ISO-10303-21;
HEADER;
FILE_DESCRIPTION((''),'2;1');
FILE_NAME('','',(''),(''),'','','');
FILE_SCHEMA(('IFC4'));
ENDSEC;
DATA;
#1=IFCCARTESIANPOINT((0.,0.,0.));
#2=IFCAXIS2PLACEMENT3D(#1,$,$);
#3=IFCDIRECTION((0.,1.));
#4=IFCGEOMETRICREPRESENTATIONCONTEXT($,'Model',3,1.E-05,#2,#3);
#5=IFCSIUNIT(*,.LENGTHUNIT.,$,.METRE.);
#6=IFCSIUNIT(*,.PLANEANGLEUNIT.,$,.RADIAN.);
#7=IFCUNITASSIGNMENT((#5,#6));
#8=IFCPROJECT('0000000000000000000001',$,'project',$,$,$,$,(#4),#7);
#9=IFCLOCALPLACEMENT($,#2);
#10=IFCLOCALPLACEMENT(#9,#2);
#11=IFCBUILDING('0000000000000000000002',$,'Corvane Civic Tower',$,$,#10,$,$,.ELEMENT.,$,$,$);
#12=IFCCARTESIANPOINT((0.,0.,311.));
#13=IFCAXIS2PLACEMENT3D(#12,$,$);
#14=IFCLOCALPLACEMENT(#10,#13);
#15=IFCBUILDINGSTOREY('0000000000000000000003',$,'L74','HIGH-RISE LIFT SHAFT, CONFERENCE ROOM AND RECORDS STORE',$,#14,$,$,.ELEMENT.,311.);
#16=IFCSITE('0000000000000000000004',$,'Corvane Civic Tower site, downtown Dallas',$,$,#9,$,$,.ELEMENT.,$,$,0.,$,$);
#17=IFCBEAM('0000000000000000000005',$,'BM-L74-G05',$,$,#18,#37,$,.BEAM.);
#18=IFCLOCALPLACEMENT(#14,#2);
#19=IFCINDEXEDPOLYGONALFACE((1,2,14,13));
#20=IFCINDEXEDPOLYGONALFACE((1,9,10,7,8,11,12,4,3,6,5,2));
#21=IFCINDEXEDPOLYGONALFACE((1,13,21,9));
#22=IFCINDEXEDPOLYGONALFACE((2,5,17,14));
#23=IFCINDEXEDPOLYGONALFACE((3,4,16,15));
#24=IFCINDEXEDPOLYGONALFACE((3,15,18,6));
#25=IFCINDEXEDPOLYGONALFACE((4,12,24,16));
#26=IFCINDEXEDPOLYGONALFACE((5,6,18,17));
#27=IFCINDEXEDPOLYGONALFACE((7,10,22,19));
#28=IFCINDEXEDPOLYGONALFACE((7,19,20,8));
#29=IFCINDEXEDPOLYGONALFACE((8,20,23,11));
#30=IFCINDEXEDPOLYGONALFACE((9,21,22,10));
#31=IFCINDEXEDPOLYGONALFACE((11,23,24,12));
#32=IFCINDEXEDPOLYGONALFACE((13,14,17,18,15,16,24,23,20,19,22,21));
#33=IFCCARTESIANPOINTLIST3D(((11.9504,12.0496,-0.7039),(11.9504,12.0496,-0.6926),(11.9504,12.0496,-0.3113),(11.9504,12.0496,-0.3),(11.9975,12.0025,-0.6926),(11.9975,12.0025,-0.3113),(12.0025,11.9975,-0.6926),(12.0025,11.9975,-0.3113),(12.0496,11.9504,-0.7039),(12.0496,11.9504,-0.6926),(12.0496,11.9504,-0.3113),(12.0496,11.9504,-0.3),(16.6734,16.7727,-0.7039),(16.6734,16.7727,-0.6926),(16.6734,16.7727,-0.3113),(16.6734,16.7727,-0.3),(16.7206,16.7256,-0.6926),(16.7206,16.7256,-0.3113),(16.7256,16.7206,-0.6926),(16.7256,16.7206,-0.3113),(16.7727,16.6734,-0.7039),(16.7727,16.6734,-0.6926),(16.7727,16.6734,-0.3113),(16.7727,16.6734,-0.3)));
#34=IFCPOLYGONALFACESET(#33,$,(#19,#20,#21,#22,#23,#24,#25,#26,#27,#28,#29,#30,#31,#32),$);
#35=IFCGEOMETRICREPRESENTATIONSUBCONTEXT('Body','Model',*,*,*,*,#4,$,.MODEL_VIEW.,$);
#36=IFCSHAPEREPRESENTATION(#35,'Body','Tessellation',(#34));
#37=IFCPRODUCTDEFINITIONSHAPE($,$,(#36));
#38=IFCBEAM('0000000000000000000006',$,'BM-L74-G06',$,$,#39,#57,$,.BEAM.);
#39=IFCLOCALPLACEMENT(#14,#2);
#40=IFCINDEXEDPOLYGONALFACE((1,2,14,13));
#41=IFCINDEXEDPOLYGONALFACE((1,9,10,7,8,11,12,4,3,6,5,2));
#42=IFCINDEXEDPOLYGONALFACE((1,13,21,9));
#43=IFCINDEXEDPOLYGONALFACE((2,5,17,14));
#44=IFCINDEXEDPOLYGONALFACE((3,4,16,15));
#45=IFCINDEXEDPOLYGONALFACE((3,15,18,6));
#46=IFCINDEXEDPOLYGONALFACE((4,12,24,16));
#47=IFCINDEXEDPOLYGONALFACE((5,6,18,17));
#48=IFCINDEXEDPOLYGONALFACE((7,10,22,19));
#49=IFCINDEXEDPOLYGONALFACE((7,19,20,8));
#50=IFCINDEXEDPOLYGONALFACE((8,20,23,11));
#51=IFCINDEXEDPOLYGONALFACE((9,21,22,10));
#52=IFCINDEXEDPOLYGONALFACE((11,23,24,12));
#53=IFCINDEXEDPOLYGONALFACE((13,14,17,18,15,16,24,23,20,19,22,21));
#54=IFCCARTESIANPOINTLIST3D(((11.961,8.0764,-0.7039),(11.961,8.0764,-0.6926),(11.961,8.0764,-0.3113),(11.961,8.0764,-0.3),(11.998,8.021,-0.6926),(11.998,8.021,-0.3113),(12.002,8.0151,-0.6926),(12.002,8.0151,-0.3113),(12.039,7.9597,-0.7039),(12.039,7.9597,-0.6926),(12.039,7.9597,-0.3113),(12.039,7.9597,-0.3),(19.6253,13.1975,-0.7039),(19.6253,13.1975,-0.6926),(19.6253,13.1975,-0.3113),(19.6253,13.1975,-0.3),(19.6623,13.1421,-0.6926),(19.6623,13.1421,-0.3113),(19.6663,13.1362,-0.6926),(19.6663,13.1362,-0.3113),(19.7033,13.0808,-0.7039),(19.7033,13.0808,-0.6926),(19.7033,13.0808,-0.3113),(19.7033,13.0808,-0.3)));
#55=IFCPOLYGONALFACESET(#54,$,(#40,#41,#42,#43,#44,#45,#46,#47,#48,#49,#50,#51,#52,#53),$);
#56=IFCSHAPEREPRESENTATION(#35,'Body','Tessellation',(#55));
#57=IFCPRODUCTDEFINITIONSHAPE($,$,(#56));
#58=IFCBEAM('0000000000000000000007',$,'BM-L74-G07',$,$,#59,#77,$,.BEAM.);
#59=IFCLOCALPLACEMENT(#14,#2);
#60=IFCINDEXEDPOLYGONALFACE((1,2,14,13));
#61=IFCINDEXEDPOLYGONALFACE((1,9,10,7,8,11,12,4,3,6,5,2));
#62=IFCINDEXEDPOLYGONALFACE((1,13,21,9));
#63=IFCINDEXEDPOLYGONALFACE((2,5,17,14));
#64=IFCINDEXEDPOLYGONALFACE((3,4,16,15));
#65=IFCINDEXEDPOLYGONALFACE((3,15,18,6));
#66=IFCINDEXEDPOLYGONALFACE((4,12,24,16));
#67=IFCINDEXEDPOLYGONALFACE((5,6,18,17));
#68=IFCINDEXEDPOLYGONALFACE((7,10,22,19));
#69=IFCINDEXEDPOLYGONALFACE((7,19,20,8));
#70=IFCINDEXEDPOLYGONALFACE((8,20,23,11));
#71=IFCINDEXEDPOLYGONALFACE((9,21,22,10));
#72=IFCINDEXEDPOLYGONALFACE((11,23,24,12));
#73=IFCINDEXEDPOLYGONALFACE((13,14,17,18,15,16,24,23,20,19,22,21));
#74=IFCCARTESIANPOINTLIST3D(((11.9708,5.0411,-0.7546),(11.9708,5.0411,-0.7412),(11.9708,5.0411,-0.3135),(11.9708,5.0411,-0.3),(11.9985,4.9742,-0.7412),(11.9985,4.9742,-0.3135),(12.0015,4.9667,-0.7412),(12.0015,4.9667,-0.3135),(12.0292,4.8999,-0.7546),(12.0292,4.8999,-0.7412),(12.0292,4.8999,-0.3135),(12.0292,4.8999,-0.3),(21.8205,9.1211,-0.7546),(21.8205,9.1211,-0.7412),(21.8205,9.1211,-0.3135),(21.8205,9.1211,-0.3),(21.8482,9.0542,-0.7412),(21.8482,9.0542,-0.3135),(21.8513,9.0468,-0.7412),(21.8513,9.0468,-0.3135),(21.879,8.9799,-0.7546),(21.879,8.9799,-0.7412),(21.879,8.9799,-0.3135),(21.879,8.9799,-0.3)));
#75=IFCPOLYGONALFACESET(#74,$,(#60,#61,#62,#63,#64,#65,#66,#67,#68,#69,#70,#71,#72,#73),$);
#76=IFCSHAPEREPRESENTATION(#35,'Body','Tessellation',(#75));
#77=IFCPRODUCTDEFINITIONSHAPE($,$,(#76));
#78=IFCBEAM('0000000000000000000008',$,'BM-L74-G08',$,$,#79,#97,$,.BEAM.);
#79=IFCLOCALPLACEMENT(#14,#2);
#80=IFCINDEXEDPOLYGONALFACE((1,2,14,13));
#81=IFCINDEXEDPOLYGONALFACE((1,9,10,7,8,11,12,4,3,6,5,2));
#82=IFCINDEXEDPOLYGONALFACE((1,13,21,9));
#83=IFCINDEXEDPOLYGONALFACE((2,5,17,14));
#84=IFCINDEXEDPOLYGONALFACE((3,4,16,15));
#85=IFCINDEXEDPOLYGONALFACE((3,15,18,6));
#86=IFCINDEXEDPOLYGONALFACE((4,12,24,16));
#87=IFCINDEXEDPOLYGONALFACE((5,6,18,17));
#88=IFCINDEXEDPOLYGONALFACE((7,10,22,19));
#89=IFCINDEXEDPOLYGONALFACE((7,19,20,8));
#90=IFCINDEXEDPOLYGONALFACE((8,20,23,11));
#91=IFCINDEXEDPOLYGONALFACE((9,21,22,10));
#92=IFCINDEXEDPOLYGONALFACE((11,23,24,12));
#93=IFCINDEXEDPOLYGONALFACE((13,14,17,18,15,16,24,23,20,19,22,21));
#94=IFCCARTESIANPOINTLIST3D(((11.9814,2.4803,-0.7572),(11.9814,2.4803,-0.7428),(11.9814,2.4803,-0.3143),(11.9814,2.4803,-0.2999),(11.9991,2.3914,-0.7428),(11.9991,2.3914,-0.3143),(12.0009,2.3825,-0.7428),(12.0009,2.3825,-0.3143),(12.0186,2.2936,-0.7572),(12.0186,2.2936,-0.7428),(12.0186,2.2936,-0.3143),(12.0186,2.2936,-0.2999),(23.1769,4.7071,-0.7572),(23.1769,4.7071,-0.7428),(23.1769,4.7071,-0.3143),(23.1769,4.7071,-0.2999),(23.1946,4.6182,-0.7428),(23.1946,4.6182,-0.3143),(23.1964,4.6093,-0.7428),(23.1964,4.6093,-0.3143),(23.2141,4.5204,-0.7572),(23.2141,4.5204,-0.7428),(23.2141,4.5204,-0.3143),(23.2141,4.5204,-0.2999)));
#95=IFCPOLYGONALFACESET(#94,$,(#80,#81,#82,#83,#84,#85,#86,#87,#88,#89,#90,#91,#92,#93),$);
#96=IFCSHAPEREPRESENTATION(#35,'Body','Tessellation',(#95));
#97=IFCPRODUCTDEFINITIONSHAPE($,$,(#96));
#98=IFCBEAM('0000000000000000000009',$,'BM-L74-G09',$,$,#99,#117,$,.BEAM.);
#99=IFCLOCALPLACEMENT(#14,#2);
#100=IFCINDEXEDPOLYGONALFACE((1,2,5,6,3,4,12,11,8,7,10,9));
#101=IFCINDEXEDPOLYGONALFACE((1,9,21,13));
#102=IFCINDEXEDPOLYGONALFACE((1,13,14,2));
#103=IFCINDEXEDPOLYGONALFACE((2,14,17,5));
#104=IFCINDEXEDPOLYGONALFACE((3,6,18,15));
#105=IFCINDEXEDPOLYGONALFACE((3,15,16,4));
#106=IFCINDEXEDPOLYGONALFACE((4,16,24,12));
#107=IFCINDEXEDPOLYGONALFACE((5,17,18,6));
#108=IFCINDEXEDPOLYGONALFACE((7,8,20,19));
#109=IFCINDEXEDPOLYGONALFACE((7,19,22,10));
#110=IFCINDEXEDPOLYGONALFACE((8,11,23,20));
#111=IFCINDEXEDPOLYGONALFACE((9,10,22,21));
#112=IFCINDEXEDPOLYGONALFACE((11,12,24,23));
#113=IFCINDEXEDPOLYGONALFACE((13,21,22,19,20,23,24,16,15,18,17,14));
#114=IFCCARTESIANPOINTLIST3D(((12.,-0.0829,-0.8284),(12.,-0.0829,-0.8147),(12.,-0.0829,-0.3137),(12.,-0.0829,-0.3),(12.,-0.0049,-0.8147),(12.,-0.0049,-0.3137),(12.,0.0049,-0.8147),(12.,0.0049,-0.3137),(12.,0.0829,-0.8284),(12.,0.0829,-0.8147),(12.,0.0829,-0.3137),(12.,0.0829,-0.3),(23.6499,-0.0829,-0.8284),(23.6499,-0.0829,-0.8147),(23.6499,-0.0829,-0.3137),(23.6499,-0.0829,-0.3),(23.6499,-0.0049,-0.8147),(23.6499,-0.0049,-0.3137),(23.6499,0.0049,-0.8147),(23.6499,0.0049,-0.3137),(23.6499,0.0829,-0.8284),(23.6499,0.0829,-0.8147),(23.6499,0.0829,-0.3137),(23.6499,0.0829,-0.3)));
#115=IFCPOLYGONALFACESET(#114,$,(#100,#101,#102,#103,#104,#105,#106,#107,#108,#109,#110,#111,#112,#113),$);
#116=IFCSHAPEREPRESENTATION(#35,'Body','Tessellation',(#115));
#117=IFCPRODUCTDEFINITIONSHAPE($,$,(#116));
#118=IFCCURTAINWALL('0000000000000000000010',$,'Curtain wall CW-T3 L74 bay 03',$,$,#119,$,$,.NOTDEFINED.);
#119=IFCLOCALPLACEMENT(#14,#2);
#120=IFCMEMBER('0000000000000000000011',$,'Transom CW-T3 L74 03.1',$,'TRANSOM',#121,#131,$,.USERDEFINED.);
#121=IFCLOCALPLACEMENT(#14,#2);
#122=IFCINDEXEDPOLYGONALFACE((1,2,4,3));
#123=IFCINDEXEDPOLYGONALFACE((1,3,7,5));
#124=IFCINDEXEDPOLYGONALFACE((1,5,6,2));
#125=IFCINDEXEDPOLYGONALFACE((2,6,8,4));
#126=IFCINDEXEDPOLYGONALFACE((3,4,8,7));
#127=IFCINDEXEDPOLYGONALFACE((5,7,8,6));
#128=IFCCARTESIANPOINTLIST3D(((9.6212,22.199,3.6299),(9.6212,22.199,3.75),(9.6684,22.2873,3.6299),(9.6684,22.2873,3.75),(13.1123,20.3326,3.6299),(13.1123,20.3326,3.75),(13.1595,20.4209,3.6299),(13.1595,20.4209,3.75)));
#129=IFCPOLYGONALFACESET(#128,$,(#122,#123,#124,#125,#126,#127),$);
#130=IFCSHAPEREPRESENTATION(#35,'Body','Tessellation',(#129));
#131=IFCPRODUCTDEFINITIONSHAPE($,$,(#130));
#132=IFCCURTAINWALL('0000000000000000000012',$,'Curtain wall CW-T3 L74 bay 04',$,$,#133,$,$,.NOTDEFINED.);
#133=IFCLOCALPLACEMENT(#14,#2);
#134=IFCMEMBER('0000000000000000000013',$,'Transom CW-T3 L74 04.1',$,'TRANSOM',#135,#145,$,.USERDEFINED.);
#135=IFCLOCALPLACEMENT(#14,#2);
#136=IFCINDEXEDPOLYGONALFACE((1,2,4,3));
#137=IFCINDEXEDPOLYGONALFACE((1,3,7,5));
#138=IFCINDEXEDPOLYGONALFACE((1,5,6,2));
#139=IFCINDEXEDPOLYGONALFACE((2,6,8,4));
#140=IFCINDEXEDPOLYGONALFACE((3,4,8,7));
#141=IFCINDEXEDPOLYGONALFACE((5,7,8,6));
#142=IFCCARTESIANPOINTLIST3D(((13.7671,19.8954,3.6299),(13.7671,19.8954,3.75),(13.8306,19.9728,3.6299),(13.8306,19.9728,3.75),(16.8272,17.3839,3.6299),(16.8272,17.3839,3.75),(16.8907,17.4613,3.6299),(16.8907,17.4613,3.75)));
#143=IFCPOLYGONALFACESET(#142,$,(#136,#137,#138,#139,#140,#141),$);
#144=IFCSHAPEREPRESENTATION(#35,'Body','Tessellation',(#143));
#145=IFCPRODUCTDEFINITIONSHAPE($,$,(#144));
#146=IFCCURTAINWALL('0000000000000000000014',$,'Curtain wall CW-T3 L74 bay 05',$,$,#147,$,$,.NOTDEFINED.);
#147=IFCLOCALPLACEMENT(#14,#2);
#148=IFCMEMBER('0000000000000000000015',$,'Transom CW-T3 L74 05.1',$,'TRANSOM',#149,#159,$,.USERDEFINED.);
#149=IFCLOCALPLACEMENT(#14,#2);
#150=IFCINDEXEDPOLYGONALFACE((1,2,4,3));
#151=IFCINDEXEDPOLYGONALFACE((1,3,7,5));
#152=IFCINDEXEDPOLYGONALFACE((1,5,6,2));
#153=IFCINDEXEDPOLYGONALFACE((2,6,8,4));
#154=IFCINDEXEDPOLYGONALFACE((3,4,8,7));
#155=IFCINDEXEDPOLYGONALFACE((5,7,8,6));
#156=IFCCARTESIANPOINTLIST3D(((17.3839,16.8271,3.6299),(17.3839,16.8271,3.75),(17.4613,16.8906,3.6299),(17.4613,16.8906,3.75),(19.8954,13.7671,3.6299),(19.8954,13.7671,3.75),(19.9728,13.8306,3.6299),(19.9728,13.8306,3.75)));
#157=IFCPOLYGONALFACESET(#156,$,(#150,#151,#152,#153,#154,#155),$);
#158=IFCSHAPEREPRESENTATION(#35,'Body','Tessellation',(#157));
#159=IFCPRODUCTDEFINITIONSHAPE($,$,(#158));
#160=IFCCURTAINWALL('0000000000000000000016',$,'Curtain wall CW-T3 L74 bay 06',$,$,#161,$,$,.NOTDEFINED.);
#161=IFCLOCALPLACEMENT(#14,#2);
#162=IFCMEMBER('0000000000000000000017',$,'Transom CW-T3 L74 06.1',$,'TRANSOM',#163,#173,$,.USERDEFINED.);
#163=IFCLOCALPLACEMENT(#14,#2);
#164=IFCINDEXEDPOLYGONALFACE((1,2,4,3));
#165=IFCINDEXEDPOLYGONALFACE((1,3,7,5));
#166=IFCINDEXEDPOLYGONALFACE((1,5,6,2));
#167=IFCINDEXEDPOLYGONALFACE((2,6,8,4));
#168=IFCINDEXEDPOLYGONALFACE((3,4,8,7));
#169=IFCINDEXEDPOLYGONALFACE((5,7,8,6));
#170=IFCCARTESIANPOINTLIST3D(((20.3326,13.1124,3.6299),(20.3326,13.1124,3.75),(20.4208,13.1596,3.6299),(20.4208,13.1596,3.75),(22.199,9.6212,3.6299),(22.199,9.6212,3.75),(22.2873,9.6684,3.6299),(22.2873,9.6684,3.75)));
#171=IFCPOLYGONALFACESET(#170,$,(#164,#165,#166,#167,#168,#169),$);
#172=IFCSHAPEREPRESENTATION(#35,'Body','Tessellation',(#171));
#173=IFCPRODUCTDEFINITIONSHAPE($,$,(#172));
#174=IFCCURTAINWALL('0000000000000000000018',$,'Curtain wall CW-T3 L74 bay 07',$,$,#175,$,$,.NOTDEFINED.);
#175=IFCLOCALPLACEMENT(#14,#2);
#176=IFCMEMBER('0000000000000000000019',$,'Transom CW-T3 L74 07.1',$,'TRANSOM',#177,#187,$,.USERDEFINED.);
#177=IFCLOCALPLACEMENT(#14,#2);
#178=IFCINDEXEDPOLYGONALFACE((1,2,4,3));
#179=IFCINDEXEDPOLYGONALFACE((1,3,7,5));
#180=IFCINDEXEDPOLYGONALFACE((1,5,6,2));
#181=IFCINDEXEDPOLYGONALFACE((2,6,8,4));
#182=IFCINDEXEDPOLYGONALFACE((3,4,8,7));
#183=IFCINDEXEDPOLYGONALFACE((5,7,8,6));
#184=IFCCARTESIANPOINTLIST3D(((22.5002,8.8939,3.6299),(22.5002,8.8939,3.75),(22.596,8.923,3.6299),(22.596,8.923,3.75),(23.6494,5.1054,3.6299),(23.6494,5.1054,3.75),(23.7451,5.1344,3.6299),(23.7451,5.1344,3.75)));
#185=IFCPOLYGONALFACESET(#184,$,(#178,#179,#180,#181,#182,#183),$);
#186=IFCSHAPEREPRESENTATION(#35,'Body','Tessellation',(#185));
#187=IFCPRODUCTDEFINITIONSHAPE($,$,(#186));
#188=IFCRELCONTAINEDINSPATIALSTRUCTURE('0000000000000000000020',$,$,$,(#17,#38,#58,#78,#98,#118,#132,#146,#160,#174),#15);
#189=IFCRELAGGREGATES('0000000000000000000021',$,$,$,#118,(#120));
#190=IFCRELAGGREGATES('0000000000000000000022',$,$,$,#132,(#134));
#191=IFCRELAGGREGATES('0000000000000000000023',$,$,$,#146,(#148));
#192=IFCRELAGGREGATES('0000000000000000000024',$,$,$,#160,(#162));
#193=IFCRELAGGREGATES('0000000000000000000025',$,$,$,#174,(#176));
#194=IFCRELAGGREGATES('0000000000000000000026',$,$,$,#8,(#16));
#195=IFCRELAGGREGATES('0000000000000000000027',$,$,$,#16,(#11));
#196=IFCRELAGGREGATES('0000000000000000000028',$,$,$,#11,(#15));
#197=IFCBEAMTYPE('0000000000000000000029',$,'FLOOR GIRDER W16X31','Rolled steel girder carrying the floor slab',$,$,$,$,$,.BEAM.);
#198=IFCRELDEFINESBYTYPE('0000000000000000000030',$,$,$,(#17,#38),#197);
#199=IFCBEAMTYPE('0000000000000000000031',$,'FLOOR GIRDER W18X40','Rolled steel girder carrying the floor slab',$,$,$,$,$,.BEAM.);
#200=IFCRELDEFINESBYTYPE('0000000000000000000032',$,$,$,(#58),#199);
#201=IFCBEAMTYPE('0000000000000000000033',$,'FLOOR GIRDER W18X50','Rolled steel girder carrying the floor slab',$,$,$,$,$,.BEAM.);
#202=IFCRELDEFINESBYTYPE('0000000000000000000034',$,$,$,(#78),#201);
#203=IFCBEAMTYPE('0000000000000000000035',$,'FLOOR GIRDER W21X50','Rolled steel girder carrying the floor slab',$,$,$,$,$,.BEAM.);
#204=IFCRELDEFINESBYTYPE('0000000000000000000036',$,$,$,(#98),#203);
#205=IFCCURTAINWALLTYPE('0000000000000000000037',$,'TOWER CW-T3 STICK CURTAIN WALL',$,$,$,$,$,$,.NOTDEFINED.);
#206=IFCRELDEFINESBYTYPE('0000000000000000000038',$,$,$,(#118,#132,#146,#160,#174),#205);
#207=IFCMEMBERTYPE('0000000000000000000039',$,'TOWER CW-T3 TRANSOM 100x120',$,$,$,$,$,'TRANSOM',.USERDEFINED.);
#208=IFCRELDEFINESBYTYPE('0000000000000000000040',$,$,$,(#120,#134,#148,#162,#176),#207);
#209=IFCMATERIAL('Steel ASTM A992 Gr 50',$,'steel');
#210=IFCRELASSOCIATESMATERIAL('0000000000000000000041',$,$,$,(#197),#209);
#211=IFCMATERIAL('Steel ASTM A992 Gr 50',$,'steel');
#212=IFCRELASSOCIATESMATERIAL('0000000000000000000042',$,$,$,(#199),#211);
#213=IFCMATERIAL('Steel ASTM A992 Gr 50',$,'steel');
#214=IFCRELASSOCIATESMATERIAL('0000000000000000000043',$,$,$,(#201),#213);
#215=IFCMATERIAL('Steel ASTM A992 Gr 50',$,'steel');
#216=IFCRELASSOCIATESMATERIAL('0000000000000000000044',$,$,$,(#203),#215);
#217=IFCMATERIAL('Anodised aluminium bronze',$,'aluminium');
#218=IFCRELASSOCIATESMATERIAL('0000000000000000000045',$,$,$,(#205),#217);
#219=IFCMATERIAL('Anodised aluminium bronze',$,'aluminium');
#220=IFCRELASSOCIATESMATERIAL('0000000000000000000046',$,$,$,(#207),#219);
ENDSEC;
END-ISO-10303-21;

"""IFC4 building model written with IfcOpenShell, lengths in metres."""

from ifc_helpers import new_model, si_unit, direction, frame, origin, origin_2d, place, context, subcontext, project, spatial, rectangle, i_section, extrude, material, material_profile, profile_set, type_object, element, aggregate, save


model = new_model("IFC4")

# Units and contexts
model_context = context("Model", 3, precision=1e-05, world=origin(), true_north=direction((0.0, 1.0)))
body_context = subcontext(model_context, "Body", "Model", "MODEL_VIEW")
ifc_project = project(units=[si_unit("LENGTHUNIT", "METRE"), si_unit("PLANEANGLEUNIT", "RADIAN")], contexts=[model_context])

# Site, building, storey
site_placement = place(None, origin())
site = spatial("IfcSite", under=ifc_project, at=site_placement, Name="Corvane Civic Tower site, downtown Dallas", CompositionType="ELEMENT", RefElevation=0.0)
building_placement = place(site_placement, origin())
building = spatial("IfcBuilding", under=site, at=building_placement, Name="Corvane Civic Tower", CompositionType="ELEMENT")
storey_placement = place(building_placement, frame((0.0, 0.0, 311.0)))
storey = spatial("IfcBuildingStorey", under=building, at=storey_placement, Name="L74", Description="HIGH-RISE LIFT SHAFT, CONFERENCE ROOM AND RECORDS STORE", CompositionType="ELEMENT", Elevation=311.0)

# Beams
ifc_material_1 = material(Name="Steel ASTM A992 Gr 50", Category="steel")
ifc_material_profile_1 = material_profile(ifc_material_1, i_section(OverallWidth=0.1404, OverallDepth=0.4038, WebThickness=0.0071, FlangeThickness=0.0112, at=origin_2d()), Name="W16X31")
ifc_profile_set_1 = profile_set([ifc_material_profile_1], Name="Steel ASTM A992 Gr 50")
beam_type_1 = type_object("IfcBeamType", Name="FLOOR GIRDER W16X31", Description="Rolled steel girder carrying the floor slab", PredefinedType="BEAM", material=ifc_profile_set_1)
beam_1_placement = place(storey_placement, frame((12.0, 12.0, -0.502), z_axis=(0.707107, 0.707107, 0.0), x_axis=(-0.707107, 0.707107, 0.0)))
element("IfcBeam", 1, at=beam_1_placement, inside=storey, type_object=beam_type_1, Name="BM-L74-G05", PredefinedType="BEAM", context=body_context, shape_type="SweptSolid", body=[
    extrude(i_section(OverallWidth=0.1404, OverallDepth=0.4038, WebThickness=0.0071, FlangeThickness=0.0112, at=origin_2d()), origin(), (0.0, 0.0, 1.0), 6.6794),
])
beam_2_placement = place(storey_placement, frame((12.0, 8.0181, -0.502), z_axis=(0.831471, 0.555568, 0.0), x_axis=(-0.555568, 0.831471, 0.0)))
element("IfcBeam", 2, at=beam_2_placement, inside=storey, type_object=beam_type_1, Name="BM-L74-G06", PredefinedType="BEAM", context=body_context, shape_type="SweptSolid", body=[
    extrude(i_section(OverallWidth=0.1404, OverallDepth=0.4038, WebThickness=0.0071, FlangeThickness=0.0112, at=origin_2d()), origin(), (0.0, 0.0, 1.0), 9.2178),
])
ifc_material_2 = material(Name="Steel ASTM A992 Gr 50", Category="steel")
ifc_material_profile_2 = material_profile(ifc_material_2, i_section(OverallWidth=0.1528, OverallDepth=0.4546, WebThickness=0.0081, FlangeThickness=0.0134, at=origin_2d()), Name="W18X40")
ifc_profile_set_2 = profile_set([ifc_material_profile_2], Name="Steel ASTM A992 Gr 50")
beam_type_2 = type_object("IfcBeamType", Name="FLOOR GIRDER W18X40", Description="Rolled steel girder carrying the floor slab", PredefinedType="BEAM", material=ifc_profile_set_2)
beam_3_placement = place(storey_placement, frame((12.0, 4.9705, -0.5273), z_axis=(0.923875, 0.382694, 0.0), x_axis=(-0.382694, 0.923875, 0.0)))
element("IfcBeam", 3, at=beam_3_placement, inside=storey, type_object=beam_type_2, Name="BM-L74-G07", PredefinedType="BEAM", context=body_context, shape_type="SweptSolid", body=[
    extrude(i_section(OverallWidth=0.1528, OverallDepth=0.4546, WebThickness=0.0081, FlangeThickness=0.0134, at=origin_2d()), origin(), (0.0, 0.0, 1.0), 10.6614),
])
ifc_material_3 = material(Name="Steel ASTM A992 Gr 50", Category="steel")
ifc_material_profile_3 = material_profile(ifc_material_3, i_section(OverallWidth=0.1904, OverallDepth=0.4573, WebThickness=0.009, FlangeThickness=0.0144, at=origin_2d()), Name="W18X50")
ifc_profile_set_3 = profile_set([ifc_material_profile_3], Name="Steel ASTM A992 Gr 50")
beam_type_3 = type_object("IfcBeamType", Name="FLOOR GIRDER W18X50", Description="Rolled steel girder carrying the floor slab", PredefinedType="BEAM", material=ifc_profile_set_3)
beam_4_placement = place(storey_placement, frame((12.0, 2.387, -0.5286), z_axis=(0.980787, 0.19508, 0.0), x_axis=(-0.19508, 0.980787, 0.0)))
element("IfcBeam", 4, at=beam_4_placement, inside=storey, type_object=beam_type_3, Name="BM-L74-G08", PredefinedType="BEAM", context=body_context, shape_type="SweptSolid", body=[
    extrude(i_section(OverallWidth=0.1904, OverallDepth=0.4573, WebThickness=0.009, FlangeThickness=0.0144, at=origin_2d()), origin(), (0.0, 0.0, 1.0), 11.4148),
])
ifc_material_4 = material(Name="Steel ASTM A992 Gr 50", Category="steel")
ifc_material_profile_4 = material_profile(ifc_material_4, i_section(OverallWidth=0.1658, OverallDepth=0.5283, WebThickness=0.0098, FlangeThickness=0.0137, at=origin_2d()), Name="W21X50")
ifc_profile_set_4 = profile_set([ifc_material_profile_4], Name="Steel ASTM A992 Gr 50")
beam_type_4 = type_object("IfcBeamType", Name="FLOOR GIRDER W21X50", Description="Rolled steel girder carrying the floor slab", PredefinedType="BEAM", material=ifc_profile_set_4)
beam_5_placement = place(storey_placement, frame((12.0, 0.0, -0.5642), z_axis=(1.0, 0.0, 0.0), x_axis=(0.0, 1.0, 0.0)))
element("IfcBeam", 5, at=beam_5_placement, inside=storey, type_object=beam_type_4, Name="BM-L74-G09", PredefinedType="BEAM", context=body_context, shape_type="SweptSolid", body=[
    extrude(i_section(OverallWidth=0.1658, OverallDepth=0.5283, WebThickness=0.0098, FlangeThickness=0.0137, at=origin_2d()), origin(), (0.0, 0.0, 1.0), 11.6499),
])

# Curtain walls, members
ifc_material_5 = material(Name="Anodised aluminium bronze", Category="aluminium")
curtain_wall_type = type_object("IfcCurtainWallType", Name="TOWER CW-T3 STICK CURTAIN WALL", PredefinedType="NOTDEFINED", material=ifc_material_5)
curtain_wall_1_placement = place(storey_placement, origin())
curtain_wall_1 = element("IfcCurtainWall", 6, at=curtain_wall_1_placement, inside=storey, type_object=curtain_wall_type, Name="Curtain wall CW-T3 L74 bay 03", PredefinedType="NOTDEFINED")
ifc_material_6 = material(Name="Anodised aluminium bronze", Category="aluminium")
ifc_material_profile_5 = material_profile(ifc_material_6, rectangle(XDim=0.1001, YDim=0.1201, at=origin_2d()), Name="TOWER CW-T3 TRANSOM 100x120")
ifc_profile_set_5 = profile_set([ifc_material_profile_5], Name="Anodised aluminium bronze")
member_type = type_object("IfcMemberType", Name="TOWER CW-T3 TRANSOM 100x120", ElementType="TRANSOM", PredefinedType="USERDEFINED", material=ifc_profile_set_5)
member_1_placement = place(storey_placement, frame((9.6448, 22.2432, 3.6899), z_axis=(0.881883, -0.471468, 0.0), x_axis=(0.471468, 0.881883, 0.0)))
member_1 = element("IfcMember", 7, at=member_1_placement, type_object=member_type, Name="Transom CW-T3 L74 03.1", ObjectType="TRANSOM", PredefinedType="USERDEFINED", context=body_context, shape_type="SweptSolid", body=[
    extrude(rectangle(XDim=0.1001, YDim=0.1201, at=origin_2d()), origin(), (0.0, 0.0, 1.0), 3.9587),
])
curtain_wall_2_placement = place(storey_placement, origin())
curtain_wall_2 = element("IfcCurtainWall", 8, at=curtain_wall_2_placement, inside=storey, type_object=curtain_wall_type, Name="Curtain wall CW-T3 L74 bay 04", PredefinedType="NOTDEFINED")
member_2_placement = place(storey_placement, frame((13.7988, 19.9341, 3.6899), z_axis=(0.772992, -0.634416, 0.0), x_axis=(0.634416, 0.772992, 0.0)))
member_2 = element("IfcMember", 9, at=member_2_placement, type_object=member_type, Name="Transom CW-T3 L74 04.1", ObjectType="TRANSOM", PredefinedType="USERDEFINED", context=body_context, shape_type="SweptSolid", body=[
    extrude(rectangle(XDim=0.1001, YDim=0.1201, at=origin_2d()), origin(), (0.0, 0.0, 1.0), 3.9587),
])
curtain_wall_3_placement = place(storey_placement, origin())
curtain_wall_3 = element("IfcCurtainWall", 10, at=curtain_wall_3_placement, inside=storey, type_object=curtain_wall_type, Name="Curtain wall CW-T3 L74 bay 05", PredefinedType="NOTDEFINED")
member_3_placement = place(storey_placement, frame((17.4226, 16.8589, 3.6899), z_axis=(0.634416, -0.772992, 0.0), x_axis=(0.772992, 0.634416, 0.0)))
member_3 = element("IfcMember", 11, at=member_3_placement, type_object=member_type, Name="Transom CW-T3 L74 05.1", ObjectType="TRANSOM", PredefinedType="USERDEFINED", context=body_context, shape_type="SweptSolid", body=[
    extrude(rectangle(XDim=0.1001, YDim=0.1201, at=origin_2d()), origin(), (0.0, 0.0, 1.0), 3.9587),
])
curtain_wall_4_placement = place(storey_placement, origin())
curtain_wall_4 = element("IfcCurtainWall", 12, at=curtain_wall_4_placement, inside=storey, type_object=curtain_wall_type, Name="Curtain wall CW-T3 L74 bay 06", PredefinedType="NOTDEFINED")
member_4_placement = place(storey_placement, frame((20.3767, 13.136, 3.6899), z_axis=(0.471468, -0.881883, 0.0), x_axis=(0.881883, 0.471468, 0.0)))
member_4 = element("IfcMember", 13, at=member_4_placement, type_object=member_type, Name="Transom CW-T3 L74 06.1", ObjectType="TRANSOM", PredefinedType="USERDEFINED", context=body_context, shape_type="SweptSolid", body=[
    extrude(rectangle(XDim=0.1001, YDim=0.1201, at=origin_2d()), origin(), (0.0, 0.0, 1.0), 3.9587),
])
curtain_wall_5_placement = place(storey_placement, origin())
curtain_wall_5 = element("IfcCurtainWall", 14, at=curtain_wall_5_placement, inside=storey, type_object=curtain_wall_type, Name="Curtain wall CW-T3 L74 bay 07", PredefinedType="NOTDEFINED")
member_5_placement = place(storey_placement, frame((22.5481, 8.9084, 3.6899), z_axis=(0.290266, -0.956946, 0.0), x_axis=(0.956946, 0.290266, 0.0)))
member_5 = element("IfcMember", 15, at=member_5_placement, type_object=member_type, Name="Transom CW-T3 L74 07.1", ObjectType="TRANSOM", PredefinedType="USERDEFINED", context=body_context, shape_type="SweptSolid", body=[
    extrude(rectangle(XDim=0.1001, YDim=0.1201, at=origin_2d()), origin(), (0.0, 0.0, 1.0), 3.959),
])

aggregate(curtain_wall_1, [member_1])
aggregate(curtain_wall_2, [member_2])
aggregate(curtain_wall_3, [member_3])
aggregate(curtain_wall_4, [member_4])
aggregate(curtain_wall_5, [member_5])

save(model, "model.ifc")
